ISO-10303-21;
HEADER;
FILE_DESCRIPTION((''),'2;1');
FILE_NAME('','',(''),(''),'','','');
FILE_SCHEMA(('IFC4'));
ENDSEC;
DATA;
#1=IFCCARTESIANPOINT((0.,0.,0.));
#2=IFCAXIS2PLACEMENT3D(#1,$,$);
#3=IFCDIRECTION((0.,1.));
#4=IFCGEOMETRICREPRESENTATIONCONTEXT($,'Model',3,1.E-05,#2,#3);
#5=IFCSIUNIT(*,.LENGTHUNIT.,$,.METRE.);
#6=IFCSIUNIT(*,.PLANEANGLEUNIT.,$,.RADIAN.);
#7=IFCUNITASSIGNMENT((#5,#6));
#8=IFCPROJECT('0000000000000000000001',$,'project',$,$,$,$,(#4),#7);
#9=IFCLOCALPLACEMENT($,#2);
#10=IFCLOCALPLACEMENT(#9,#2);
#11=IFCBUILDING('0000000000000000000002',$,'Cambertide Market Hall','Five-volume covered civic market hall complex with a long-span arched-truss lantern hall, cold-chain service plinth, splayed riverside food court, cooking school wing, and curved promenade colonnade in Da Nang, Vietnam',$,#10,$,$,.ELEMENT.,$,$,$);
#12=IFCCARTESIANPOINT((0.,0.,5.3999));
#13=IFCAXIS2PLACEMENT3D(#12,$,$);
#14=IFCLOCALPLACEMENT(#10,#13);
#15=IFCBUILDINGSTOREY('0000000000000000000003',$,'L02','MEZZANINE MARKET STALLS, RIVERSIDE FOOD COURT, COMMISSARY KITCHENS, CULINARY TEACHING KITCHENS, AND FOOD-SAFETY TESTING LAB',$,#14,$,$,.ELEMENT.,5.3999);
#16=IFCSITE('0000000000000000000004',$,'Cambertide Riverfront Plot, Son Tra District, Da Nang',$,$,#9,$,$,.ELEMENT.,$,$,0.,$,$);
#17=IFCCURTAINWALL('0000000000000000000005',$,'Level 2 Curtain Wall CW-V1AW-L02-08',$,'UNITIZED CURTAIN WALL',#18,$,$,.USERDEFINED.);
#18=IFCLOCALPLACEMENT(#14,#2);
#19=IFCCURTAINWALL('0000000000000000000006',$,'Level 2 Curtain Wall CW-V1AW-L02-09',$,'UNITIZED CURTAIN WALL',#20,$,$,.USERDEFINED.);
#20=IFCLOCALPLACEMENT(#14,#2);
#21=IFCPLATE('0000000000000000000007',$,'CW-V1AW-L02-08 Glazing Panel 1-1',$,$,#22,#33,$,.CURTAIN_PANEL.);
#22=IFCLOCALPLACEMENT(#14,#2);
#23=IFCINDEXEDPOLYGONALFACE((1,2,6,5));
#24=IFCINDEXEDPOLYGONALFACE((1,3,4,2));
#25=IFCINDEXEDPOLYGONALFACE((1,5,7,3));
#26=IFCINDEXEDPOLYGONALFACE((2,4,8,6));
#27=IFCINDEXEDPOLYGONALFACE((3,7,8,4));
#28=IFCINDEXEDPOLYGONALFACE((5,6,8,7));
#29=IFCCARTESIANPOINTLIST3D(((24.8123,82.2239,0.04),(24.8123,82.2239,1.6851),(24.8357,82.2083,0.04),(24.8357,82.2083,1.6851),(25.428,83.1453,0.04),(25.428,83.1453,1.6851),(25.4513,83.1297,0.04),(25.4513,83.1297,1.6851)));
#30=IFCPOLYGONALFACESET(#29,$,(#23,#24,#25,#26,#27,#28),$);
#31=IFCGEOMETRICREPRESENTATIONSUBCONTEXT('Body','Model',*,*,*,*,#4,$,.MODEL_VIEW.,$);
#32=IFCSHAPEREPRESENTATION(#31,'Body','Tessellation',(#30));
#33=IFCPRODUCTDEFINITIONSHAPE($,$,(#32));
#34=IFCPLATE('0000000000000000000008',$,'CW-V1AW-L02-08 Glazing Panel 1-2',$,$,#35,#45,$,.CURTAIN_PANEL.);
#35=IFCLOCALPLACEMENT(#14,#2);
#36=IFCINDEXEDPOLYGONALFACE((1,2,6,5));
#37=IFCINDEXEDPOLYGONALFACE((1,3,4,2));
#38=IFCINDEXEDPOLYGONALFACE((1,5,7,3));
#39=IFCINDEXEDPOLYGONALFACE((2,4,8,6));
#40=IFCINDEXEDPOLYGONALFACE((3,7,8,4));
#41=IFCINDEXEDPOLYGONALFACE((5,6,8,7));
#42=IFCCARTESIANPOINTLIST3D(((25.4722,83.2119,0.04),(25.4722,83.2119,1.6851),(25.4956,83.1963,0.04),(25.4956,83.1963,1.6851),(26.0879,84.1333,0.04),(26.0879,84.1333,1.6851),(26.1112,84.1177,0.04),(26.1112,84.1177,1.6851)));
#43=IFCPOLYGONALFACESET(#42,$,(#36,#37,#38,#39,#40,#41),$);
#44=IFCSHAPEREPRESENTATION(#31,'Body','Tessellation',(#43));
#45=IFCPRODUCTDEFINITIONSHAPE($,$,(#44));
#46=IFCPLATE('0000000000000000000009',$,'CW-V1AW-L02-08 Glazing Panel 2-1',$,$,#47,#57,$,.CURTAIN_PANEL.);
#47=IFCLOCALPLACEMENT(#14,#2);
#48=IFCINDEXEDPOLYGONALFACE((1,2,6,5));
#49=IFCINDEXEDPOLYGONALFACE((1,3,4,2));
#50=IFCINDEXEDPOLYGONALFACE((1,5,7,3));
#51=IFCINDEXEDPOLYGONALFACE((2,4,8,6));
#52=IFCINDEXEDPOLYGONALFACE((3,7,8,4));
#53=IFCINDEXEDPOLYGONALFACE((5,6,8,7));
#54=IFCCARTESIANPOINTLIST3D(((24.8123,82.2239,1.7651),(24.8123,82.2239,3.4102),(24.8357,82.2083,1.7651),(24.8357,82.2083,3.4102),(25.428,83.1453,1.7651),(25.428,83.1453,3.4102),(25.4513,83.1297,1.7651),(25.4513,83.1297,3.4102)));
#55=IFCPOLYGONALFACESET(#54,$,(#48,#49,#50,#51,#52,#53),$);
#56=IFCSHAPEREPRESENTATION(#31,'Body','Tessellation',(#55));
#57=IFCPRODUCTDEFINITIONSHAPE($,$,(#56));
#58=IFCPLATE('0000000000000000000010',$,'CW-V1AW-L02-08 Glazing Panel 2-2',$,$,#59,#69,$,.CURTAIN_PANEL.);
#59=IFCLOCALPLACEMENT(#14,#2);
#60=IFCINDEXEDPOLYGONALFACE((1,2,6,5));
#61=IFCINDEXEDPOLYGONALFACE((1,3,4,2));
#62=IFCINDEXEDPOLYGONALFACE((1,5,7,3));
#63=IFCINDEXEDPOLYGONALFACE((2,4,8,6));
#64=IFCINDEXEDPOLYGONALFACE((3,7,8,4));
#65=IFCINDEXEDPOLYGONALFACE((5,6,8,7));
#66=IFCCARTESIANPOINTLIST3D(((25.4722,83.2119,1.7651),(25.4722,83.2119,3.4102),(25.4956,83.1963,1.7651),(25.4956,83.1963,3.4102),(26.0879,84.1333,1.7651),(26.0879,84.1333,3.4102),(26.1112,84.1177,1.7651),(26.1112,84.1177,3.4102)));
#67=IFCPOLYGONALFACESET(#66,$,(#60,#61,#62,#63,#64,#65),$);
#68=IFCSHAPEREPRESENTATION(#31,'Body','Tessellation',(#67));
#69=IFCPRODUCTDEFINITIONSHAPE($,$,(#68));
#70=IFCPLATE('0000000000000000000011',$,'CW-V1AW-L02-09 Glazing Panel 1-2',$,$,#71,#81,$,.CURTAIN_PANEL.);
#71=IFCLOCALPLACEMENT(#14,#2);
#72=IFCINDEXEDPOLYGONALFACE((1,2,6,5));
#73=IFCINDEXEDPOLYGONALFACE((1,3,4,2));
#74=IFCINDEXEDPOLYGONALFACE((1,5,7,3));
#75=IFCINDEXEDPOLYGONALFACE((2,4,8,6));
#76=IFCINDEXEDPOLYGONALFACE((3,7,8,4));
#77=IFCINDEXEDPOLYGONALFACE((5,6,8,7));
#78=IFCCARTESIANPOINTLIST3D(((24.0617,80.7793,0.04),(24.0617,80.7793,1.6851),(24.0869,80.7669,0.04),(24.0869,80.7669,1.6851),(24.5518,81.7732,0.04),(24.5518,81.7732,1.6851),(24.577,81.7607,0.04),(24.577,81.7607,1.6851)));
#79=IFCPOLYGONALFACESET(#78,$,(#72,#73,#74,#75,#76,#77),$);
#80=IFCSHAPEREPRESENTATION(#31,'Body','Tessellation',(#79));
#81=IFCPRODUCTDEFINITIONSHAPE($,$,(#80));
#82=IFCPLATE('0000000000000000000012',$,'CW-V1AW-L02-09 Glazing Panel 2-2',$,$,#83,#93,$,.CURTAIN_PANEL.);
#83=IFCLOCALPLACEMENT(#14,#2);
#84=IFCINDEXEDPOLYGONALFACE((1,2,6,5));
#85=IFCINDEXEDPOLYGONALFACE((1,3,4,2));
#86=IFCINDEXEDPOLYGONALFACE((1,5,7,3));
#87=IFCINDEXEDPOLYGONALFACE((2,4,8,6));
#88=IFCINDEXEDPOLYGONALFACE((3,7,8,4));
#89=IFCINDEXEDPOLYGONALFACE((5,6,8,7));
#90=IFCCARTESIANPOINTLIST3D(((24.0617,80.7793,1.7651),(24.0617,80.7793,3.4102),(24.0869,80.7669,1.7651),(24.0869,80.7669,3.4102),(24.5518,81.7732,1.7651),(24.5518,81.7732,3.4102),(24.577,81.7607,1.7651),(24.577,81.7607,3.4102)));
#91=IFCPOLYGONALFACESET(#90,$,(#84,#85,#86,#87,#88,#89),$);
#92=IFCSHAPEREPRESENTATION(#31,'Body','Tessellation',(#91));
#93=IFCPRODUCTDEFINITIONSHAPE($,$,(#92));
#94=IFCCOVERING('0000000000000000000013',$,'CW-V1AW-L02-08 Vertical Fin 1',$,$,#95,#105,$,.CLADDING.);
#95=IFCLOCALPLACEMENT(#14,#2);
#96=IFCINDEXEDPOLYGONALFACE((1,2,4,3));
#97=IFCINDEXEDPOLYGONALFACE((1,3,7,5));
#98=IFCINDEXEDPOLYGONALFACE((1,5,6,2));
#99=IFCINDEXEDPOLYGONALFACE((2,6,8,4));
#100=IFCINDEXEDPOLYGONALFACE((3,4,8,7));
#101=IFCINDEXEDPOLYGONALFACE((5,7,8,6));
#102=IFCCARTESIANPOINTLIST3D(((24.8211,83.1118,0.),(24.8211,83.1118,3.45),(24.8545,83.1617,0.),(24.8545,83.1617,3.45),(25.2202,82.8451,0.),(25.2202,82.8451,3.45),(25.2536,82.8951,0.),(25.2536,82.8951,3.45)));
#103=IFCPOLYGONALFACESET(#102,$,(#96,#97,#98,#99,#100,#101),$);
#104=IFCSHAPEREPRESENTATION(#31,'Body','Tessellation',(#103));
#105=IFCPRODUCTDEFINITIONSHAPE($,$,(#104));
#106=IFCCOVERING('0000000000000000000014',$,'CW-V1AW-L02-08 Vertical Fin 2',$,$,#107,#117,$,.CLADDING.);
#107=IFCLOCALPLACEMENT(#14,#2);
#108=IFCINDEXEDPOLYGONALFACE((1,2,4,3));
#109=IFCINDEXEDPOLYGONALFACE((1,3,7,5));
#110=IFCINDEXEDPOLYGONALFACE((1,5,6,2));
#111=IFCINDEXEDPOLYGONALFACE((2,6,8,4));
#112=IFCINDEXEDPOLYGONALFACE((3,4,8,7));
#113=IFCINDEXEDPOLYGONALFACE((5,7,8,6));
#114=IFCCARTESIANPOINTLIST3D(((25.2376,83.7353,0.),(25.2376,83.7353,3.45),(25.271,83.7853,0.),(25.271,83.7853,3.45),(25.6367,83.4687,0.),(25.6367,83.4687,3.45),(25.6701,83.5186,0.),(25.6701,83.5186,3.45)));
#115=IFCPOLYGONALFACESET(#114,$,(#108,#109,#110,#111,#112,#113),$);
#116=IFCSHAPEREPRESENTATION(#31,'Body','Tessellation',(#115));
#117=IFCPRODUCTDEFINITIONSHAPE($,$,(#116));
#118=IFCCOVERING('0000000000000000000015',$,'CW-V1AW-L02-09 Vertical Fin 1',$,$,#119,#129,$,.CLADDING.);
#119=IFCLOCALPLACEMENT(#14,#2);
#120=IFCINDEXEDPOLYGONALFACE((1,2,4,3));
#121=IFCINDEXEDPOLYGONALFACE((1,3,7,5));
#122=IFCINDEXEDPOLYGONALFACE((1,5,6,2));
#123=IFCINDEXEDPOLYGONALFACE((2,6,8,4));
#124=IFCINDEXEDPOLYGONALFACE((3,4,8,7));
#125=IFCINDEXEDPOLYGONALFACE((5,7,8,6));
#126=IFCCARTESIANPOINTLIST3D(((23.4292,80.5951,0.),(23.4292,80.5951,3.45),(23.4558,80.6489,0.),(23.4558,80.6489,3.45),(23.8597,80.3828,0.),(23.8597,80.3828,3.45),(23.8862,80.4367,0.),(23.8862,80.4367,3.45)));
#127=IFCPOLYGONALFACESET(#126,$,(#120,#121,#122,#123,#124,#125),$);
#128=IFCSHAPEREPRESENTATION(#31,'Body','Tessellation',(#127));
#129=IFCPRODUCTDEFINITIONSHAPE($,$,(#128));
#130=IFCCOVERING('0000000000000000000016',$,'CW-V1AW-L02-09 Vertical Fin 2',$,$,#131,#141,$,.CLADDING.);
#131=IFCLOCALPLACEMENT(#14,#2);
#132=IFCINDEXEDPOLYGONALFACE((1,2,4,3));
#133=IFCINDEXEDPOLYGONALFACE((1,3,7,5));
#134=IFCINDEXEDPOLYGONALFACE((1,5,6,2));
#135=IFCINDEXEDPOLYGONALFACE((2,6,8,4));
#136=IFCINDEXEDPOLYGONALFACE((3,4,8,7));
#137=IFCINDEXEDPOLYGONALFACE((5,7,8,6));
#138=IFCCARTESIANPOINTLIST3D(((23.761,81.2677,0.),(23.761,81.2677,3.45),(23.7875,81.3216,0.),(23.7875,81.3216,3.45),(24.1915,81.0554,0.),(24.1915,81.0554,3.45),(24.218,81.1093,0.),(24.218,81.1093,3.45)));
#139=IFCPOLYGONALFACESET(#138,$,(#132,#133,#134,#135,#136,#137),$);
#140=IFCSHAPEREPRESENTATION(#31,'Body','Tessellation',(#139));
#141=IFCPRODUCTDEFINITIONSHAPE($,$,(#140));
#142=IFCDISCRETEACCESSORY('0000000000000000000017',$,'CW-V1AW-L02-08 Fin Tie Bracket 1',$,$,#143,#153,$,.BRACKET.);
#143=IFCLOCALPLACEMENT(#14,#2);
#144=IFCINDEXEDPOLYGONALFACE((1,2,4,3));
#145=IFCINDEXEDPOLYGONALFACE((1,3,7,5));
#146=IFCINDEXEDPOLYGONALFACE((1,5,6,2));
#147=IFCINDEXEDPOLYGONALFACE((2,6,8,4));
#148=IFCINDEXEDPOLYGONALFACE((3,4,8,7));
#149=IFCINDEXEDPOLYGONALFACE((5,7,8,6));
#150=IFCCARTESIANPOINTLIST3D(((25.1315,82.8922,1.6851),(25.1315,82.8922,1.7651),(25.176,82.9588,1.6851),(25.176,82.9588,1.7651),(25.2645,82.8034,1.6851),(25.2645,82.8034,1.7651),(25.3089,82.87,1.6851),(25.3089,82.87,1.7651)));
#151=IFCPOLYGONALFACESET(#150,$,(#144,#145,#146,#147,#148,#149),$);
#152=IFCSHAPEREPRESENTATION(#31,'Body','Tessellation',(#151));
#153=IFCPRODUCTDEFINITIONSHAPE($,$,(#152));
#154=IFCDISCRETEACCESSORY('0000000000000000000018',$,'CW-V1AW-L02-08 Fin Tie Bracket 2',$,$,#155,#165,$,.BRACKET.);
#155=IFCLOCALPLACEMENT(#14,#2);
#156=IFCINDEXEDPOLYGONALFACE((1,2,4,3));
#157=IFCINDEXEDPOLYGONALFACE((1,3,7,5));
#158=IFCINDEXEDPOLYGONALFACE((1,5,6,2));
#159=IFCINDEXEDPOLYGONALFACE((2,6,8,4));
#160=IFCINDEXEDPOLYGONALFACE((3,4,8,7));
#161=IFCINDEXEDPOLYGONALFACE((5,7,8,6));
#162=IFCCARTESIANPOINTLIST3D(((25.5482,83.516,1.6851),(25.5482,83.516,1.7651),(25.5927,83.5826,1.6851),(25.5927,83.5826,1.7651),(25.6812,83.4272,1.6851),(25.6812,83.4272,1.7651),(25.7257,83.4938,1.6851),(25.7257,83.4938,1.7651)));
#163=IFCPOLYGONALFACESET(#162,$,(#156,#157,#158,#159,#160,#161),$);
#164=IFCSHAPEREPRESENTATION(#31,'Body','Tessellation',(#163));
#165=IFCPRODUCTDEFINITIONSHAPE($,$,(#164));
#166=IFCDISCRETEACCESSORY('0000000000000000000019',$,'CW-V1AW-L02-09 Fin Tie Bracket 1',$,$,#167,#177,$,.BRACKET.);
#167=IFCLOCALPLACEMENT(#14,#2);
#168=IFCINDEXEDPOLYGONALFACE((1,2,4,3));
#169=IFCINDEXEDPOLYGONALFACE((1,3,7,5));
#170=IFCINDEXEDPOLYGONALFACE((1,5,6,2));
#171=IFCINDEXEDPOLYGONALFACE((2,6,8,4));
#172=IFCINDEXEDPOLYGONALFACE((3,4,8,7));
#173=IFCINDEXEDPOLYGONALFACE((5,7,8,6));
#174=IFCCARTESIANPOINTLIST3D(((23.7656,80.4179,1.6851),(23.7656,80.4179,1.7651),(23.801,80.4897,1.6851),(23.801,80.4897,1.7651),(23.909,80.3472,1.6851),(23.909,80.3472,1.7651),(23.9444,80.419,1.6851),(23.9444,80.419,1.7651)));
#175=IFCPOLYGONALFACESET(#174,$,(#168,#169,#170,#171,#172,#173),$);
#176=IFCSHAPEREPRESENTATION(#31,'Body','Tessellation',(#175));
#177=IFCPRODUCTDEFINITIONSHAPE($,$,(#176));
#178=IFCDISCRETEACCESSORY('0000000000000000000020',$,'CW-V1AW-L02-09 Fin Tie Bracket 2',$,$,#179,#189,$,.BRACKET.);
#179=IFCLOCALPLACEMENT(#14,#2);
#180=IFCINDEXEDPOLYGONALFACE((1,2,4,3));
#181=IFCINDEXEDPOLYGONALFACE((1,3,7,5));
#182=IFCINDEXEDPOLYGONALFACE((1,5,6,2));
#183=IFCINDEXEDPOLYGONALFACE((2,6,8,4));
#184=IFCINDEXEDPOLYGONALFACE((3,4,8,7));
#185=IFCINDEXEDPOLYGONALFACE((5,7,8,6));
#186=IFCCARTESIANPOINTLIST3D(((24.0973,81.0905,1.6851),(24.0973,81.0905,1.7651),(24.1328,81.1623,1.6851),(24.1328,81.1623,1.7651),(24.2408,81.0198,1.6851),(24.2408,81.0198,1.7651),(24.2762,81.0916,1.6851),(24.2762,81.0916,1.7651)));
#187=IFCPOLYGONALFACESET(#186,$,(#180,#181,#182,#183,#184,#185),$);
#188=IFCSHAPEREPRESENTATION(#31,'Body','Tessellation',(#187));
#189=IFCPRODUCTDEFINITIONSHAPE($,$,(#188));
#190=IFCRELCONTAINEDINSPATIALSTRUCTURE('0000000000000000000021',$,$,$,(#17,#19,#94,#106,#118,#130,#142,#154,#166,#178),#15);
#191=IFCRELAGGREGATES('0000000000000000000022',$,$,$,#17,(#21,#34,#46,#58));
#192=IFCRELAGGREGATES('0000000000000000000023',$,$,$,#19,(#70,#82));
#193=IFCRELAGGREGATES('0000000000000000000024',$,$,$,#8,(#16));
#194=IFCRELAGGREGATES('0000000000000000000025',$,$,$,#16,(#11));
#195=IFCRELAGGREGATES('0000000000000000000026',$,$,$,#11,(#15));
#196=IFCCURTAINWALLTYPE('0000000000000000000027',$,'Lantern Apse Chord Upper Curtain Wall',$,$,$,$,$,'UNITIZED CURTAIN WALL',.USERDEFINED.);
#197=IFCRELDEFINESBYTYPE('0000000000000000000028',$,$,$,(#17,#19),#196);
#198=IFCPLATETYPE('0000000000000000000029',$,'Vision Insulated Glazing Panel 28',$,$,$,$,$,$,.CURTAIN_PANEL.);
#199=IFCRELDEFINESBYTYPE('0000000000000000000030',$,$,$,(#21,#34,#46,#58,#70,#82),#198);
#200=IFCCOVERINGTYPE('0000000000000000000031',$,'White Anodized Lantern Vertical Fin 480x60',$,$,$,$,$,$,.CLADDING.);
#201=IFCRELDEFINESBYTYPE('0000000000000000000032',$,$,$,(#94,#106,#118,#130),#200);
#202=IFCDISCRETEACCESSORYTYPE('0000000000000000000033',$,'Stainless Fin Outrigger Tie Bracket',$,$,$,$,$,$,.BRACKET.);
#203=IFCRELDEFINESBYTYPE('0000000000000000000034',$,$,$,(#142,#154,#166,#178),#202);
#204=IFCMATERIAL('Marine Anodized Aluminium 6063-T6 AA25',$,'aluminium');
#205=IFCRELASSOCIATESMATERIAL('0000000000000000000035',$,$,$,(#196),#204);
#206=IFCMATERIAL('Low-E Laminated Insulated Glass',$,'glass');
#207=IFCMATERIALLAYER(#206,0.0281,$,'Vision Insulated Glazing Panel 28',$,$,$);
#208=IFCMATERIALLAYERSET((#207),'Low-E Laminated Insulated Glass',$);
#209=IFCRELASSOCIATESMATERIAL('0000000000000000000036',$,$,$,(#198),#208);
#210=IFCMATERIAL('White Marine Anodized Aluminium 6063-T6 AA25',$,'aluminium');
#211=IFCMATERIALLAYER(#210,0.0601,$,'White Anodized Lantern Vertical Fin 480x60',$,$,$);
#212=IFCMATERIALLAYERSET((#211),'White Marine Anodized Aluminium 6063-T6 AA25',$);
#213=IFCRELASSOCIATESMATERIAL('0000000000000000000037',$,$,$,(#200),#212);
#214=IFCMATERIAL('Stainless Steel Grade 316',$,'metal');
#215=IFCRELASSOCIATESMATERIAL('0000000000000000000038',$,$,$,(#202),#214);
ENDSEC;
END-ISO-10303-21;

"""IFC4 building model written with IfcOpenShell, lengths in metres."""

from ifc_helpers import new_model, si_unit, direction, frame, origin, origin_2d, place, context, subcontext, project, spatial, rectangle, extrude, material, layer, layer_set, type_object, element, aggregate, save


model = new_model("IFC4")

# Units and contexts
model_context = context("Model", 3, precision=1e-05, world=origin(), true_north=direction((0.0, 1.0)))
body_context = subcontext(model_context, "Body", "Model", "MODEL_VIEW")
ifc_project = project(units=[si_unit("LENGTHUNIT", "METRE"), si_unit("PLANEANGLEUNIT", "RADIAN")], contexts=[model_context])

# Site, building, storey
site_placement = place(None, origin())
site = spatial("IfcSite", under=ifc_project, at=site_placement, Name="Cambertide Riverfront Plot, Son Tra District, Da Nang", CompositionType="ELEMENT", RefElevation=0.0)
building_placement = place(site_placement, origin())
building = spatial("IfcBuilding", under=site, at=building_placement, Name="Cambertide Market Hall", Description="Five-volume covered civic market hall complex with a long-span arched-truss lantern hall, cold-chain service plinth, splayed riverside food court, cooking school wing, and curved promenade colonnade in Da Nang, Vietnam", CompositionType="ELEMENT")
storey_placement = place(building_placement, frame((0.0, 0.0, 5.3999)))
storey = spatial("IfcBuildingStorey", under=building, at=storey_placement, Name="L02", Description="MEZZANINE MARKET STALLS, RIVERSIDE FOOD COURT, COMMISSARY KITCHENS, CULINARY TEACHING KITCHENS, AND FOOD-SAFETY TESTING LAB", CompositionType="ELEMENT", Elevation=5.3999)

# Curtain walls
ifc_material_1 = material(Name="Marine Anodized Aluminium 6063-T6 AA25", Category="aluminium")
curtain_wall_type = type_object("IfcCurtainWallType", Name="Lantern Apse Chord Upper Curtain Wall", ElementType="UNITIZED CURTAIN WALL", PredefinedType="USERDEFINED", material=ifc_material_1)
curtain_wall_1_placement = place(storey_placement, origin())
curtain_wall_1 = element("IfcCurtainWall", 1, at=curtain_wall_1_placement, inside=storey, type_object=curtain_wall_type, Name="Level 2 Curtain Wall CW-V1AW-L02-08", ObjectType="UNITIZED CURTAIN WALL", PredefinedType="USERDEFINED")
curtain_wall_2_placement = place(storey_placement, origin())
curtain_wall_2 = element("IfcCurtainWall", 2, at=curtain_wall_2_placement, inside=storey, type_object=curtain_wall_type, Name="Level 2 Curtain Wall CW-V1AW-L02-09", ObjectType="UNITIZED CURTAIN WALL", PredefinedType="USERDEFINED")

# Plates
ifc_material_2 = material(Name="Low-E Laminated Insulated Glass", Category="glass")
ifc_layer_1 = layer(ifc_material_2, 0.0281, Name="Vision Insulated Glazing Panel 28")
ifc_layer_set_1 = layer_set([ifc_layer_1], Name="Low-E Laminated Insulated Glass")
plate_type = type_object("IfcPlateType", Name="Vision Insulated Glazing Panel 28", PredefinedType="CURTAIN_PANEL", material=ifc_layer_set_1)
plate_1_placement = place(storey_placement, frame((25.1318, 82.6768, 0.04), z_axis=(0.0, 0.0, 1.0), x_axis=(0.55557, 0.83147, 0.0)))
plate_1 = element("IfcPlate", 3, at=plate_1_placement, type_object=plate_type, Name="CW-V1AW-L02-08 Glazing Panel 1-1", PredefinedType="CURTAIN_PANEL", context=body_context, shape_type="SweptSolid", body=[
    extrude(rectangle(XDim=1.1082, YDim=0.0281, at=origin_2d()), origin(), (0.0, 0.0, 1.0), 1.645),
])
plate_2_placement = place(storey_placement, frame((25.7917, 83.6648, 0.04), z_axis=(0.0, 0.0, 1.0), x_axis=(0.55557, 0.83147, 0.0)))
plate_2 = element("IfcPlate", 4, at=plate_2_placement, type_object=plate_type, Name="CW-V1AW-L02-08 Glazing Panel 1-2", PredefinedType="CURTAIN_PANEL", context=body_context, shape_type="SweptSolid", body=[
    extrude(rectangle(XDim=1.1082, YDim=0.0281, at=origin_2d()), origin(), (0.0, 0.0, 1.0), 1.645),
])
plate_3_placement = place(storey_placement, frame((25.1318, 82.6768, 1.7651), z_axis=(0.0, 0.0, 1.0), x_axis=(0.55557, 0.83147, 0.0)))
plate_3 = element("IfcPlate", 5, at=plate_3_placement, type_object=plate_type, Name="CW-V1AW-L02-08 Glazing Panel 2-1", PredefinedType="CURTAIN_PANEL", context=body_context, shape_type="SweptSolid", body=[
    extrude(rectangle(XDim=1.1082, YDim=0.0281, at=origin_2d()), origin(), (0.0, 0.0, 1.0), 1.645),
])
plate_4_placement = place(storey_placement, frame((25.7917, 83.6648, 1.7651), z_axis=(0.0, 0.0, 1.0), x_axis=(0.55557, 0.83147, 0.0)))
plate_4 = element("IfcPlate", 6, at=plate_4_placement, type_object=plate_type, Name="CW-V1AW-L02-08 Glazing Panel 2-2", PredefinedType="CURTAIN_PANEL", context=body_context, shape_type="SweptSolid", body=[
    extrude(rectangle(XDim=1.1082, YDim=0.0281, at=origin_2d()), origin(), (0.0, 0.0, 1.0), 1.645),
])
aggregate(curtain_wall_1, [plate_1, plate_2, plate_3, plate_4])
plate_5_placement = place(storey_placement, frame((24.3193, 81.27, 0.04), z_axis=(0.0, 0.0, 1.0), x_axis=(0.442289, 0.896873, 0.0)))
plate_5 = element("IfcPlate", 7, at=plate_5_placement, type_object=plate_type, Name="CW-V1AW-L02-09 Glazing Panel 1-2", PredefinedType="CURTAIN_PANEL", context=body_context, shape_type="SweptSolid", body=[
    extrude(rectangle(XDim=1.1082, YDim=0.0281, at=origin_2d()), origin(), (0.0, 0.0, 1.0), 1.645),
])
plate_6_placement = place(storey_placement, frame((24.3193, 81.27, 1.7651), z_axis=(0.0, 0.0, 1.0), x_axis=(0.442289, 0.896873, 0.0)))
plate_6 = element("IfcPlate", 8, at=plate_6_placement, type_object=plate_type, Name="CW-V1AW-L02-09 Glazing Panel 2-2", PredefinedType="CURTAIN_PANEL", context=body_context, shape_type="SweptSolid", body=[
    extrude(rectangle(XDim=1.1082, YDim=0.0281, at=origin_2d()), origin(), (0.0, 0.0, 1.0), 1.645),
])
aggregate(curtain_wall_2, [plate_5, plate_6])

# Coverings
ifc_material_3 = material(Name="White Marine Anodized Aluminium 6063-T6 AA25", Category="aluminium")
ifc_layer_2 = layer(ifc_material_3, 0.0601, Name="White Anodized Lantern Vertical Fin 480x60")
ifc_layer_set_2 = layer_set([ifc_layer_2], Name="White Marine Anodized Aluminium 6063-T6 AA25")
covering_type = type_object("IfcCoveringType", Name="White Anodized Lantern Vertical Fin 480x60", PredefinedType="CLADDING", material=ifc_layer_set_2)
for number, where, z_axis, x_axis, name in (
    (9, (25.0374, 83.0034, 0.0), (0.0, 0.0, 1.0), (0.55557, 0.83147, 0.0), "CW-V1AW-L02-08 Vertical Fin 1"),
    (10, (25.4539, 83.627, 0.0), (0.0, 0.0, 1.0), (0.55557, 0.83147, 0.0), "CW-V1AW-L02-08 Vertical Fin 2"),
    (11, (23.6577, 80.5159, 0.0), (0.0, 0.0, 1.0), (0.442289, 0.896873, 0.0), "CW-V1AW-L02-09 Vertical Fin 1"),
    (12, (23.9895, 81.1885, 0.0), (0.0, 0.0, 1.0), (0.442289, 0.896873, 0.0), "CW-V1AW-L02-09 Vertical Fin 2"),
):
    element("IfcCovering", number, at=place(storey_placement, frame(where, z_axis=z_axis, x_axis=x_axis)), inside=storey, type_object=covering_type, Name=name, PredefinedType="CLADDING", context=body_context, shape_type="SweptSolid", body=[
        extrude(rectangle(XDim=0.0601, YDim=0.48, at=origin_2d()), origin(), (0.0, 0.0, 1.0), 3.45),
    ])

# Discrete accessories
ifc_material_4 = material(Name="Stainless Steel Grade 316", Category="metal")
discrete_accessory_type = type_object("IfcDiscreteAccessoryType", Name="Stainless Fin Outrigger Tie Bracket", PredefinedType="BRACKET", material=ifc_material_4)
for number, where, z_axis, x_axis, name in (
    (13, (25.2202, 82.8811, 1.6851), (0.0, 0.0, 1.0), (0.55557, 0.83147, 0.0), "CW-V1AW-L02-08 Fin Tie Bracket 1"),
    (14, (25.637, 83.5049, 1.6851), (0.0, 0.0, 1.0), (0.55557, 0.83147, 0.0), "CW-V1AW-L02-08 Fin Tie Bracket 2"),
    (15, (23.855, 80.4185, 1.6851), (0.0, 0.0, 1.0), (0.442289, 0.896873, 0.0), "CW-V1AW-L02-09 Fin Tie Bracket 1"),
    (16, (24.1868, 81.0911, 1.6851), (0.0, 0.0, 1.0), (0.442289, 0.896873, 0.0), "CW-V1AW-L02-09 Fin Tie Bracket 2"),
):
    element("IfcDiscreteAccessory", number, at=place(storey_placement, frame(where, z_axis=z_axis, x_axis=x_axis)), inside=storey, type_object=discrete_accessory_type, Name=name, PredefinedType="BRACKET", context=body_context, shape_type="SweptSolid", body=[
        extrude(rectangle(XDim=0.0801, YDim=0.1599, at=origin_2d()), origin(), (0.0, 0.0, 1.0), 0.0801),
    ])

save(model, "model.ifc")
